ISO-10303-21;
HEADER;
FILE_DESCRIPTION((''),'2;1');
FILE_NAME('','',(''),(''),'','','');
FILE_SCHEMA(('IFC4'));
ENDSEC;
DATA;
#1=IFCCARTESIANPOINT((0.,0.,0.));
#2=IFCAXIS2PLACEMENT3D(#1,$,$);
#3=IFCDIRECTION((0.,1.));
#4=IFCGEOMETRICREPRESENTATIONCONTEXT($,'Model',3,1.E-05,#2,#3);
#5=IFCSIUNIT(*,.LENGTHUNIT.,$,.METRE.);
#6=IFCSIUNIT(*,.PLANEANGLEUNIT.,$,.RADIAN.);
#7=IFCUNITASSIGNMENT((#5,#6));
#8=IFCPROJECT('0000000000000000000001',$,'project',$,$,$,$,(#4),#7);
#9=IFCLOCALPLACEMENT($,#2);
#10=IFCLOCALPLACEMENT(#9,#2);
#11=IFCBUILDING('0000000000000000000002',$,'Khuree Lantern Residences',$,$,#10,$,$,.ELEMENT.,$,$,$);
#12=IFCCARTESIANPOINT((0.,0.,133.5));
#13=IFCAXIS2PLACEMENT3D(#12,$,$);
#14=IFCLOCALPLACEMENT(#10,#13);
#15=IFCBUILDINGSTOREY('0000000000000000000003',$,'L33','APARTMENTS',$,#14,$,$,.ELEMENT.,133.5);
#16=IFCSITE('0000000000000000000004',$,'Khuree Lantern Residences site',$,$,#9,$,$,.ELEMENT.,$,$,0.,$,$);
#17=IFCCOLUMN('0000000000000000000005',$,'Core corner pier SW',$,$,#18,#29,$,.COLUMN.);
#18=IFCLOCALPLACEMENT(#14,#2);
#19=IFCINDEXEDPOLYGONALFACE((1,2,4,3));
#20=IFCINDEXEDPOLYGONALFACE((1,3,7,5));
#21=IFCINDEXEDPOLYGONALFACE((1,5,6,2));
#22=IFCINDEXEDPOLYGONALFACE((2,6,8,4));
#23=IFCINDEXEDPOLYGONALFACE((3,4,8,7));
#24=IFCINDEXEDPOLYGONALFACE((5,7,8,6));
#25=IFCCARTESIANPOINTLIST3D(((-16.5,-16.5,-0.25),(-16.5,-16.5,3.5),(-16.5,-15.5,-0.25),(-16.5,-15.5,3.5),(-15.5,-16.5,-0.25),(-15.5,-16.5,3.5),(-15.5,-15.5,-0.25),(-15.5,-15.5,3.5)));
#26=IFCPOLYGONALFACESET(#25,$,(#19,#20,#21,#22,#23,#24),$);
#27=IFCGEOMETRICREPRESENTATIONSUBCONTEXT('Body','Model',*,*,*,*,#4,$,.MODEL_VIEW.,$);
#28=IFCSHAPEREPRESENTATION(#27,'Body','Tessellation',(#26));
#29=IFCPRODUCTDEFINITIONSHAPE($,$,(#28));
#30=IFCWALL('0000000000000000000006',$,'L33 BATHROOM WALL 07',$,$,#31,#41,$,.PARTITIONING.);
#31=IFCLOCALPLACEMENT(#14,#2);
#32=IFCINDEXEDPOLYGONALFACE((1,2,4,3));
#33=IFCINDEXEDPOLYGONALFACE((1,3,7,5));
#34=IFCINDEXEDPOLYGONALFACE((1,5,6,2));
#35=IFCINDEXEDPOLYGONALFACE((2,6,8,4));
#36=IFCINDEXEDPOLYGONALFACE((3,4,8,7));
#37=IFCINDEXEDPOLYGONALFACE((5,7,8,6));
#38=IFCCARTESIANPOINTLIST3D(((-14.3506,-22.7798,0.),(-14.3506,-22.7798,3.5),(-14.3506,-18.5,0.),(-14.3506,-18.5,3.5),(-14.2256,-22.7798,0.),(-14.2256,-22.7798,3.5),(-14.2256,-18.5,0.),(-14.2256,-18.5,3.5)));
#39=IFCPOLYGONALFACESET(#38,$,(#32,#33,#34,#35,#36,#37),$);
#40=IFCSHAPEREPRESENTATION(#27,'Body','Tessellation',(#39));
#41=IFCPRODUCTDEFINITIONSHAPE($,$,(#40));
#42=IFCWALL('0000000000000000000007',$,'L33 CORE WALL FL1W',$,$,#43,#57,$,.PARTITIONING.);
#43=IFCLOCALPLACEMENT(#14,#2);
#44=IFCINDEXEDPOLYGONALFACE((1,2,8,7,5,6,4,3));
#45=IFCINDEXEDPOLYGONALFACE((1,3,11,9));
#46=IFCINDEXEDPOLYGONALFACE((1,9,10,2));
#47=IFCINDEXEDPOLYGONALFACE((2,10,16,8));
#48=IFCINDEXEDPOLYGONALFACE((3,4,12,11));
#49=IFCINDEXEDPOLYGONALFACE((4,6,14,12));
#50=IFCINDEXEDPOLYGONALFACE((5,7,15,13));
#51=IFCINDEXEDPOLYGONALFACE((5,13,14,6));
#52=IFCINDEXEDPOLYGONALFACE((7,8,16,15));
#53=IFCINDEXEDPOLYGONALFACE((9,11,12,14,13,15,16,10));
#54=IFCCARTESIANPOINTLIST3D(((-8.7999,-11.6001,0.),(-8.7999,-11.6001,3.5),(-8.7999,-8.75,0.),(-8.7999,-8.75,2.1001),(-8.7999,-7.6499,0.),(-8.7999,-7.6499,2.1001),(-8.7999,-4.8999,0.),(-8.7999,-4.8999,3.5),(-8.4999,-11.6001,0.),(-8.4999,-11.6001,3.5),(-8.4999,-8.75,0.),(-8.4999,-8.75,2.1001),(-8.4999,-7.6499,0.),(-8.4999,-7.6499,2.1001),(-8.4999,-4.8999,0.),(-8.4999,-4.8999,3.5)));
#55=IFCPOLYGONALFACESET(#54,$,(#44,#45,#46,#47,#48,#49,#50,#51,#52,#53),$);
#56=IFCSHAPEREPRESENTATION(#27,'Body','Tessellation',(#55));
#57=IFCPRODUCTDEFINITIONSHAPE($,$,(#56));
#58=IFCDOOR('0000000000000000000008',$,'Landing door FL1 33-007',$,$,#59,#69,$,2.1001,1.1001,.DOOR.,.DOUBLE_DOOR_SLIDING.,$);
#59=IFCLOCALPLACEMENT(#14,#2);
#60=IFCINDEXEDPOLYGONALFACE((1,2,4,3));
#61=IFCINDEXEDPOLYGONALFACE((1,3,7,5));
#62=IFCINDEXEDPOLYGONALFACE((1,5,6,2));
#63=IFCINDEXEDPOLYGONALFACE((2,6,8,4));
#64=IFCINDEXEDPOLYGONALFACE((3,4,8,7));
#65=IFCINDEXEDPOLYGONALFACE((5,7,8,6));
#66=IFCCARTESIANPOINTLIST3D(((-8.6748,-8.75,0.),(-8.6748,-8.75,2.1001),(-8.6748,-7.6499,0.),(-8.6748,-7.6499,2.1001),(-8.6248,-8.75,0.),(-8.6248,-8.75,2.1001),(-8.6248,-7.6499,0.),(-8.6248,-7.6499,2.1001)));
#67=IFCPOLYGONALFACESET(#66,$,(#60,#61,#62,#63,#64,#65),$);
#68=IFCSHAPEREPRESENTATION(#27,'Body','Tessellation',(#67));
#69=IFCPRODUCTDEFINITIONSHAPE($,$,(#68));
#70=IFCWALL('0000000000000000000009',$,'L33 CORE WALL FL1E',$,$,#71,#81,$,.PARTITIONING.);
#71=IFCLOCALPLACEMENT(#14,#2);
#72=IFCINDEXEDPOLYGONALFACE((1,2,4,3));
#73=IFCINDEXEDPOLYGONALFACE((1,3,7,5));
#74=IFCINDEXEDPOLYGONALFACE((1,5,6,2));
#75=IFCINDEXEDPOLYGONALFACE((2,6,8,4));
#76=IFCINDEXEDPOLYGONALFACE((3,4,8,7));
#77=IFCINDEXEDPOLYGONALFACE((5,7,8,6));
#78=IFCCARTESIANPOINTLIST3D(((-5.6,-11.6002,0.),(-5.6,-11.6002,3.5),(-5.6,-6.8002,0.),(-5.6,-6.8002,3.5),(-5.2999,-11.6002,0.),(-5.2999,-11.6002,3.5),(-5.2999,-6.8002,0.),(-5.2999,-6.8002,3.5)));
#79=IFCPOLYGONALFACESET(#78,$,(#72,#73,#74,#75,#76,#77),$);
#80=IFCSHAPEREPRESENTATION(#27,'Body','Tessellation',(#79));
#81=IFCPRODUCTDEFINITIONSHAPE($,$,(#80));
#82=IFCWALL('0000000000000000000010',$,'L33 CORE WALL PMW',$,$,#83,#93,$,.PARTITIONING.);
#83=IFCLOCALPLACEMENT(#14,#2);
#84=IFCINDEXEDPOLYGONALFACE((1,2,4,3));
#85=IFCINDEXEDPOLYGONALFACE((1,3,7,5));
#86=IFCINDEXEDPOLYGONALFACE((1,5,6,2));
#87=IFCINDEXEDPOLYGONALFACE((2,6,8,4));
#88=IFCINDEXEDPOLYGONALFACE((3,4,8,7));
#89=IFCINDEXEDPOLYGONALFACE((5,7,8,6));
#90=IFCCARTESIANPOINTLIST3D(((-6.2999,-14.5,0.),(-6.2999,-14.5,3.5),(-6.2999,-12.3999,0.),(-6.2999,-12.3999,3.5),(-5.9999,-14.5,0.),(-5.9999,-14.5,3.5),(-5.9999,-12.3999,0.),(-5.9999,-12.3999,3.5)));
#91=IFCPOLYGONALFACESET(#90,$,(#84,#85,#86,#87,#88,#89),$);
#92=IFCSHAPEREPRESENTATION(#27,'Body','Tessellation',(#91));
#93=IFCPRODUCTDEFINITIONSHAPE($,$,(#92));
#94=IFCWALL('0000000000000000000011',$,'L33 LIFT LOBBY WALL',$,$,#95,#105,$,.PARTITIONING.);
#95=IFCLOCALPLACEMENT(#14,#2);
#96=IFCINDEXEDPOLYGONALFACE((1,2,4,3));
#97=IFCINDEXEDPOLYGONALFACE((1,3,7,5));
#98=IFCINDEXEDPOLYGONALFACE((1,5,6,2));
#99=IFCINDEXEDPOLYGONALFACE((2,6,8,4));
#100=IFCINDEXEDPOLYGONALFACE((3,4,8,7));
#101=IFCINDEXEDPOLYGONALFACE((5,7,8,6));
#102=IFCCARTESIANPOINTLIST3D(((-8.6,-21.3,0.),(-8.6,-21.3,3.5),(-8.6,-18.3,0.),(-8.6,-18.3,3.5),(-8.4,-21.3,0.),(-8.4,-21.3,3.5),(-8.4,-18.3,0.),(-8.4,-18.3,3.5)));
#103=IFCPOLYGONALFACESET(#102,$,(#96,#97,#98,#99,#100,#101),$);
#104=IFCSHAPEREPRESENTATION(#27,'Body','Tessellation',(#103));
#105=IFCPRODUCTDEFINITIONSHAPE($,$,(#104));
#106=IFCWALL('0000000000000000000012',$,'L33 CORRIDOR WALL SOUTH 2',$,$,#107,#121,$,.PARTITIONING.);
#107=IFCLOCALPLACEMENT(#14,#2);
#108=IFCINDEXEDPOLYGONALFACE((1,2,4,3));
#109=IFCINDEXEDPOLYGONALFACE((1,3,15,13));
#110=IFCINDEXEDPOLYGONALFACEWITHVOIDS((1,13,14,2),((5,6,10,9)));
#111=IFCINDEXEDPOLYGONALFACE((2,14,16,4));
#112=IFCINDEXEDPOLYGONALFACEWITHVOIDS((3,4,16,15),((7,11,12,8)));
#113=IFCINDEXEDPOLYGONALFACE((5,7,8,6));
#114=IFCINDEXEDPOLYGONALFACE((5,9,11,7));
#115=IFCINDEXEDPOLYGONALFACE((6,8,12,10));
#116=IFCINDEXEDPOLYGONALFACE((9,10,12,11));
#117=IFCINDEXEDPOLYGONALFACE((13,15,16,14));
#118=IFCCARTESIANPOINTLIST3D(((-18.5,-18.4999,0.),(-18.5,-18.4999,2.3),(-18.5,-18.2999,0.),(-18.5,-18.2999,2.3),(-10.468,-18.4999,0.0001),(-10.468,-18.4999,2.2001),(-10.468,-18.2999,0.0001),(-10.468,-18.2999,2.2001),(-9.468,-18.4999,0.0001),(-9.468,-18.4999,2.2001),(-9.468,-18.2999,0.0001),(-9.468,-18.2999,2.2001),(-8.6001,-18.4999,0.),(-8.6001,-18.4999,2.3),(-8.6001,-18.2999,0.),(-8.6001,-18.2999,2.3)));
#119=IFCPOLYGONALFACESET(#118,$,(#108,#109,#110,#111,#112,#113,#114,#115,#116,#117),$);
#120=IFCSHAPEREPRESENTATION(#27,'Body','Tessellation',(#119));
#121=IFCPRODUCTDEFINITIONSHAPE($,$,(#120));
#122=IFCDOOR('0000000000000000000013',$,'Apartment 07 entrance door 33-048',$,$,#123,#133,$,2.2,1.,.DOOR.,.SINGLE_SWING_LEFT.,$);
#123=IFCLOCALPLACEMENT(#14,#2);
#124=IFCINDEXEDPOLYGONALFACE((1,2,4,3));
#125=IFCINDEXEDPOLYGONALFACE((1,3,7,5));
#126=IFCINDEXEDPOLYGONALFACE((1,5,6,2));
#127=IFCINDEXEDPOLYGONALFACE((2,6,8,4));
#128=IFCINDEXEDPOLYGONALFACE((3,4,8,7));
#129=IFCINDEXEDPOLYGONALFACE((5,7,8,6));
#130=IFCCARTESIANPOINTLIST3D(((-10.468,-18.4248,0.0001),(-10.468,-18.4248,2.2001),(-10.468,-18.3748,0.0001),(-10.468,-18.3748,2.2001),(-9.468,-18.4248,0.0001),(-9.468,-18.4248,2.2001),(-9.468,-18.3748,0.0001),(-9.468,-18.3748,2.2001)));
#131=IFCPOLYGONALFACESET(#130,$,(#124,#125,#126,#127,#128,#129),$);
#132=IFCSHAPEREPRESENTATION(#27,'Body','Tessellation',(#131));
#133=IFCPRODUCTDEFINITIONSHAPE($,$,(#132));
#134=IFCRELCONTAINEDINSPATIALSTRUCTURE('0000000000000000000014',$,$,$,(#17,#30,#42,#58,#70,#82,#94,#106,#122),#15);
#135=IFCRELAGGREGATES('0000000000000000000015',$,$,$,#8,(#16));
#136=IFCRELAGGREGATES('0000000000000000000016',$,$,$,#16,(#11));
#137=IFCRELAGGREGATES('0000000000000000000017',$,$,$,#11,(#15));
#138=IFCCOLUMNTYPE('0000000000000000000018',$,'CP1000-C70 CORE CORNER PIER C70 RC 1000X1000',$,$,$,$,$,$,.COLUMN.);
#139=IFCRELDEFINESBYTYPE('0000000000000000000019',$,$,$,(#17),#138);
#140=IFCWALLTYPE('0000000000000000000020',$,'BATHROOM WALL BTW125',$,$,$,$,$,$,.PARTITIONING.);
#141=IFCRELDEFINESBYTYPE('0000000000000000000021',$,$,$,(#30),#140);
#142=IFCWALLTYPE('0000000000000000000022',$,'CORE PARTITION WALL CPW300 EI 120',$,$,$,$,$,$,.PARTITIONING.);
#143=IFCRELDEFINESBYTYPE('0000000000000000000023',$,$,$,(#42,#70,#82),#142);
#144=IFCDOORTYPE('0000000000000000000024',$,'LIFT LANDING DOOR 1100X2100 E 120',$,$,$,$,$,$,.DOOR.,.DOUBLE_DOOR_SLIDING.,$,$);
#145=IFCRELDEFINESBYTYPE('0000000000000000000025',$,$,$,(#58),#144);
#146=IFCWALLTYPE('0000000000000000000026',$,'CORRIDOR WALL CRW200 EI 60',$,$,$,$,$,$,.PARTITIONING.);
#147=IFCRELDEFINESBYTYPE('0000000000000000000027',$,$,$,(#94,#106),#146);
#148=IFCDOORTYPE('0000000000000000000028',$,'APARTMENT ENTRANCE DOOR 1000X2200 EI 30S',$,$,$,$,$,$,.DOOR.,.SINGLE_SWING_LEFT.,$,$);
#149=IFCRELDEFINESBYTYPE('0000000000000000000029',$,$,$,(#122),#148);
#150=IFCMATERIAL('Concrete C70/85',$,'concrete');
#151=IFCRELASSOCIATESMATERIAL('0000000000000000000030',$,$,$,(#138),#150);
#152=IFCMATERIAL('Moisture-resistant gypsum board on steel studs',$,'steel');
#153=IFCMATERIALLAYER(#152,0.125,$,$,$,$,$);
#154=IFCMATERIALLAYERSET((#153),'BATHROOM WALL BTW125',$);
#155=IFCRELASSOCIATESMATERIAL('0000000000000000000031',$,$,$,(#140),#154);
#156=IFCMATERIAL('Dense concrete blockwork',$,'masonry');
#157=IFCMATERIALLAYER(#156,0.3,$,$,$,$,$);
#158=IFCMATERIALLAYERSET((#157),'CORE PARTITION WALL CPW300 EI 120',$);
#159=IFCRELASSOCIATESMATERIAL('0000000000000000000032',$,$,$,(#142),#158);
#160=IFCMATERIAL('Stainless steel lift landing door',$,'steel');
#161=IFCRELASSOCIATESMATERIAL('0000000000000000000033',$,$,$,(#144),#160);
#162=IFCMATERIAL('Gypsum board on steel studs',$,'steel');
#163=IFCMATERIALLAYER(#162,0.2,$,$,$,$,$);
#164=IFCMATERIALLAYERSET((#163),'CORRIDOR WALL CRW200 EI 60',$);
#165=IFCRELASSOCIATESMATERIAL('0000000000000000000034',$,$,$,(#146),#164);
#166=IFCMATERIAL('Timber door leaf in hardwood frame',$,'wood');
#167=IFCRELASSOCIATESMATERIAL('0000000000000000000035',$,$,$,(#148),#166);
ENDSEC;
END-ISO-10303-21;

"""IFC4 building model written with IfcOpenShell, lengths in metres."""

from ifc_helpers import new_model, si_unit, direction, frame, frame_2d, origin, origin_2d, place, context, subcontext, project, spatial, rectangle, extrude, material, layer, layer_set, material_profile, profile_set, type_object, element, fill, save


model = new_model("IFC4")

# Units and contexts
model_context = context("Model", 3, precision=1e-05, world=origin(), true_north=direction((0.0, 1.0)))
body_context = subcontext(model_context, "Body", "Model", "MODEL_VIEW")
ifc_project = project(units=[si_unit("LENGTHUNIT", "METRE"), si_unit("PLANEANGLEUNIT", "RADIAN")], contexts=[model_context])

# Site, building, storey
site_placement = place(None, origin())
site = spatial("IfcSite", under=ifc_project, at=site_placement, Name="Khuree Lantern Residences site", CompositionType="ELEMENT", RefElevation=0.0)
building_placement = place(site_placement, origin())
building = spatial("IfcBuilding", under=site, at=building_placement, Name="Khuree Lantern Residences", CompositionType="ELEMENT")
storey_placement = place(building_placement, frame((0.0, 0.0, 133.5)))
storey = spatial("IfcBuildingStorey", under=building, at=storey_placement, Name="L33", Description="APARTMENTS", CompositionType="ELEMENT", Elevation=133.5)

# Column
ifc_material_1 = material(Name="Concrete C70/85", Category="concrete")
ifc_material_profile = material_profile(ifc_material_1, rectangle(XDim=1.0, YDim=1.0, at=origin_2d()), Name="RC 1000X1000")
ifc_profile_set = profile_set([ifc_material_profile], Name="Concrete C70/85")
column_type = type_object("IfcColumnType", Name="CP1000-C70 CORE CORNER PIER C70 RC 1000X1000", PredefinedType="COLUMN", material=ifc_profile_set)
column_placement = place(storey_placement, frame((-16.0, -16.0, -0.25), z_axis=(0.0, 0.0, 1.0), x_axis=(1.0, 0.0, 0.0)))
element("IfcColumn", 1, at=column_placement, inside=storey, type_object=column_type, Name="Core corner pier SW", PredefinedType="COLUMN", context=body_context, shape_type="SweptSolid", body=[
    extrude(rectangle(XDim=1.0, YDim=1.0, at=origin_2d()), origin(), (0.0, 0.0, 1.0), 3.75),
])

# Wall
ifc_material_2 = material(Name="Moisture-resistant gypsum board on steel studs", Category="steel")
ifc_layer_1 = layer(ifc_material_2, 0.125)
ifc_layer_set_1 = layer_set([ifc_layer_1], Name="BATHROOM WALL BTW125")
wall_type_1 = type_object("IfcWallType", Name="BATHROOM WALL BTW125", PredefinedType="PARTITIONING", material=ifc_layer_set_1)
wall_1_placement = place(storey_placement, frame((-14.2881, -18.5, 0.0), z_axis=(0.0, 0.0, 1.0), x_axis=(0.0, -1.0, 0.0)))
element("IfcWall", 2, at=wall_1_placement, inside=storey, type_object=wall_type_1, Name="L33 BATHROOM WALL 07", PredefinedType="PARTITIONING", context=body_context, shape_type="SweptSolid", body=[
    extrude(rectangle(XDim=4.2798, YDim=0.125, at=frame_2d((2.1399, 0.0))), origin(), (0.0, 0.0, 1.0), 3.5),
])

# Wall, opening, door
ifc_material_3 = material(Name="Dense concrete blockwork", Category="masonry")
ifc_layer_2 = layer(ifc_material_3, 0.3)
ifc_layer_set_2 = layer_set([ifc_layer_2], Name="CORE PARTITION WALL CPW300 EI 120")
wall_type_2 = type_object("IfcWallType", Name="CORE PARTITION WALL CPW300 EI 120", PredefinedType="PARTITIONING", material=ifc_layer_set_2)
wall_2_placement = place(storey_placement, frame((-8.6499, -11.6001, 0.0), z_axis=(0.0, 0.0, 1.0), x_axis=(0.0, 1.0, 0.0)))
wall_2 = element("IfcWall", 3, at=wall_2_placement, inside=storey, type_object=wall_type_2, Name="L33 CORE WALL FL1W", PredefinedType="PARTITIONING", context=body_context, shape_type="SweptSolid", body=[
    extrude(rectangle(XDim=6.7002, YDim=0.3, at=frame_2d((3.3501, 0.0))), origin(), (0.0, 0.0, 1.0), 3.5),
])
opening_1_placement = place(wall_2_placement, frame((2.8501, 0.0, 0.0)))
opening_1 = element("IfcOpeningElement", 4, at=opening_1_placement, cuts=wall_2, PredefinedType="OPENING", context=body_context, shape_type="SweptSolid", body=[
    extrude(rectangle(XDim=1.1001, YDim=2.1001, at=frame_2d((0.55, 1.05))), frame((0.0, 0.1602, 0.0), z_axis=(0.0, -1.0, 0.0), x_axis=(1.0, 0.0, 0.0)), (0.0, 0.0, 1.0), 0.3201),
])
ifc_material_4 = material(Name="Stainless steel lift landing door", Category="steel")
door_type_1 = type_object("IfcDoorType", Name="LIFT LANDING DOOR 1100X2100 E 120", OperationType="DOUBLE_DOOR_SLIDING", PredefinedType="DOOR", material=ifc_material_4)
door_1_placement = place(opening_1_placement, origin())
door_1 = element("IfcDoor", 5, at=door_1_placement, inside=storey, type_object=door_type_1, Name="Landing door FL1 33-007", OperationType="DOUBLE_DOOR_SLIDING", OverallHeight=2.1001, OverallWidth=1.1001, PredefinedType="DOOR", context=body_context, shape_type="SweptSolid", body=[
    extrude(rectangle(XDim=1.1001, YDim=2.1001, at=frame_2d((0.55, 1.05))), frame((0.0, 0.0249, 0.0), z_axis=(0.0, -1.0, 0.0), x_axis=(1.0, 0.0, 0.0)), (0.0, 0.0, 1.0), 0.05),
])
fill(opening_1, door_1)

# Walls
wall_3_placement = place(storey_placement, frame((-5.45, -11.6001, 0.0), z_axis=(0.0, 0.0, 1.0), x_axis=(0.0, 1.0, 0.0)))
element("IfcWall", 6, at=wall_3_placement, inside=storey, type_object=wall_type_2, Name="L33 CORE WALL FL1E", PredefinedType="PARTITIONING", context=body_context, shape_type="SweptSolid", body=[
    extrude(rectangle(XDim=4.8, YDim=0.3, at=frame_2d((2.3999, 0.0))), origin(), (0.0, 0.0, 1.0), 3.5),
])
wall_4_placement = place(storey_placement, frame((-6.1499, -14.5, 0.0), z_axis=(0.0, 0.0, 1.0), x_axis=(0.0, 1.0, 0.0)))
element("IfcWall", 7, at=wall_4_placement, inside=storey, type_object=wall_type_2, Name="L33 CORE WALL PMW", PredefinedType="PARTITIONING", context=body_context, shape_type="SweptSolid", body=[
    extrude(rectangle(XDim=2.1001, YDim=0.3, at=frame_2d((1.05, 0.0))), origin(), (0.0, 0.0, 1.0), 3.5),
])
ifc_material_5 = material(Name="Gypsum board on steel studs", Category="steel")
ifc_layer_3 = layer(ifc_material_5, 0.2)
ifc_layer_set_3 = layer_set([ifc_layer_3], Name="CORRIDOR WALL CRW200 EI 60")
wall_type_3 = type_object("IfcWallType", Name="CORRIDOR WALL CRW200 EI 60", PredefinedType="PARTITIONING", material=ifc_layer_set_3)
wall_5_placement = place(storey_placement, frame((-8.5, -18.3, 0.0), z_axis=(0.0, 0.0, 1.0), x_axis=(0.0, -1.0, 0.0)))
element("IfcWall", 8, at=wall_5_placement, inside=storey, type_object=wall_type_3, Name="L33 LIFT LOBBY WALL", PredefinedType="PARTITIONING", context=body_context, shape_type="SweptSolid", body=[
    extrude(rectangle(XDim=3.0, YDim=0.2, at=frame_2d((1.5, 0.0))), origin(), (0.0, 0.0, 1.0), 3.5),
])

# Wall, opening, door
wall_6_placement = place(storey_placement, frame((-8.6001, -18.3999, 0.0), z_axis=(0.0, 0.0, 1.0), x_axis=(-1.0, 0.0, 0.0)))
wall_6 = element("IfcWall", 9, at=wall_6_placement, inside=storey, type_object=wall_type_3, Name="L33 CORRIDOR WALL SOUTH 2", PredefinedType="PARTITIONING", context=body_context, shape_type="SweptSolid", body=[
    extrude(rectangle(XDim=9.8999, YDim=0.2, at=frame_2d((4.95, 0.0))), origin(), (0.0, 0.0, 1.0), 2.3),
])
opening_2_placement = place(wall_6_placement, frame((0.8679, 0.0, 0.0)))
opening_2 = element("IfcOpeningElement", 10, at=opening_2_placement, cuts=wall_6, PredefinedType="OPENING", context=body_context, shape_type="SweptSolid", body=[
    extrude(rectangle(XDim=1.0, YDim=2.2, at=frame_2d((0.5, 1.1001))), frame((0.0, 0.1099, 0.0), z_axis=(0.0, -1.0, 0.0), x_axis=(1.0, 0.0, 0.0)), (0.0, 0.0, 1.0), 0.22),
])
ifc_material_6 = material(Name="Timber door leaf in hardwood frame", Category="wood")
door_type_2 = type_object("IfcDoorType", Name="APARTMENT ENTRANCE DOOR 1000X2200 EI 30S", OperationType="SINGLE_SWING_LEFT", PredefinedType="DOOR", material=ifc_material_6)
door_2_placement = place(opening_2_placement, origin())
door_2 = element("IfcDoor", 11, at=door_2_placement, inside=storey, type_object=door_type_2, Name="Apartment 07 entrance door 33-048", OperationType="SINGLE_SWING_LEFT", OverallHeight=2.2, OverallWidth=1.0, PredefinedType="DOOR", context=body_context, shape_type="SweptSolid", body=[
    extrude(rectangle(XDim=1.0, YDim=2.2, at=frame_2d((0.5, 1.1001))), frame((0.0, 0.0249, 0.0), z_axis=(0.0, -1.0, 0.0), x_axis=(1.0, 0.0, 0.0)), (0.0, 0.0, 1.0), 0.05),
])
fill(opening_2, door_2)

save(model, "model.ifc")
